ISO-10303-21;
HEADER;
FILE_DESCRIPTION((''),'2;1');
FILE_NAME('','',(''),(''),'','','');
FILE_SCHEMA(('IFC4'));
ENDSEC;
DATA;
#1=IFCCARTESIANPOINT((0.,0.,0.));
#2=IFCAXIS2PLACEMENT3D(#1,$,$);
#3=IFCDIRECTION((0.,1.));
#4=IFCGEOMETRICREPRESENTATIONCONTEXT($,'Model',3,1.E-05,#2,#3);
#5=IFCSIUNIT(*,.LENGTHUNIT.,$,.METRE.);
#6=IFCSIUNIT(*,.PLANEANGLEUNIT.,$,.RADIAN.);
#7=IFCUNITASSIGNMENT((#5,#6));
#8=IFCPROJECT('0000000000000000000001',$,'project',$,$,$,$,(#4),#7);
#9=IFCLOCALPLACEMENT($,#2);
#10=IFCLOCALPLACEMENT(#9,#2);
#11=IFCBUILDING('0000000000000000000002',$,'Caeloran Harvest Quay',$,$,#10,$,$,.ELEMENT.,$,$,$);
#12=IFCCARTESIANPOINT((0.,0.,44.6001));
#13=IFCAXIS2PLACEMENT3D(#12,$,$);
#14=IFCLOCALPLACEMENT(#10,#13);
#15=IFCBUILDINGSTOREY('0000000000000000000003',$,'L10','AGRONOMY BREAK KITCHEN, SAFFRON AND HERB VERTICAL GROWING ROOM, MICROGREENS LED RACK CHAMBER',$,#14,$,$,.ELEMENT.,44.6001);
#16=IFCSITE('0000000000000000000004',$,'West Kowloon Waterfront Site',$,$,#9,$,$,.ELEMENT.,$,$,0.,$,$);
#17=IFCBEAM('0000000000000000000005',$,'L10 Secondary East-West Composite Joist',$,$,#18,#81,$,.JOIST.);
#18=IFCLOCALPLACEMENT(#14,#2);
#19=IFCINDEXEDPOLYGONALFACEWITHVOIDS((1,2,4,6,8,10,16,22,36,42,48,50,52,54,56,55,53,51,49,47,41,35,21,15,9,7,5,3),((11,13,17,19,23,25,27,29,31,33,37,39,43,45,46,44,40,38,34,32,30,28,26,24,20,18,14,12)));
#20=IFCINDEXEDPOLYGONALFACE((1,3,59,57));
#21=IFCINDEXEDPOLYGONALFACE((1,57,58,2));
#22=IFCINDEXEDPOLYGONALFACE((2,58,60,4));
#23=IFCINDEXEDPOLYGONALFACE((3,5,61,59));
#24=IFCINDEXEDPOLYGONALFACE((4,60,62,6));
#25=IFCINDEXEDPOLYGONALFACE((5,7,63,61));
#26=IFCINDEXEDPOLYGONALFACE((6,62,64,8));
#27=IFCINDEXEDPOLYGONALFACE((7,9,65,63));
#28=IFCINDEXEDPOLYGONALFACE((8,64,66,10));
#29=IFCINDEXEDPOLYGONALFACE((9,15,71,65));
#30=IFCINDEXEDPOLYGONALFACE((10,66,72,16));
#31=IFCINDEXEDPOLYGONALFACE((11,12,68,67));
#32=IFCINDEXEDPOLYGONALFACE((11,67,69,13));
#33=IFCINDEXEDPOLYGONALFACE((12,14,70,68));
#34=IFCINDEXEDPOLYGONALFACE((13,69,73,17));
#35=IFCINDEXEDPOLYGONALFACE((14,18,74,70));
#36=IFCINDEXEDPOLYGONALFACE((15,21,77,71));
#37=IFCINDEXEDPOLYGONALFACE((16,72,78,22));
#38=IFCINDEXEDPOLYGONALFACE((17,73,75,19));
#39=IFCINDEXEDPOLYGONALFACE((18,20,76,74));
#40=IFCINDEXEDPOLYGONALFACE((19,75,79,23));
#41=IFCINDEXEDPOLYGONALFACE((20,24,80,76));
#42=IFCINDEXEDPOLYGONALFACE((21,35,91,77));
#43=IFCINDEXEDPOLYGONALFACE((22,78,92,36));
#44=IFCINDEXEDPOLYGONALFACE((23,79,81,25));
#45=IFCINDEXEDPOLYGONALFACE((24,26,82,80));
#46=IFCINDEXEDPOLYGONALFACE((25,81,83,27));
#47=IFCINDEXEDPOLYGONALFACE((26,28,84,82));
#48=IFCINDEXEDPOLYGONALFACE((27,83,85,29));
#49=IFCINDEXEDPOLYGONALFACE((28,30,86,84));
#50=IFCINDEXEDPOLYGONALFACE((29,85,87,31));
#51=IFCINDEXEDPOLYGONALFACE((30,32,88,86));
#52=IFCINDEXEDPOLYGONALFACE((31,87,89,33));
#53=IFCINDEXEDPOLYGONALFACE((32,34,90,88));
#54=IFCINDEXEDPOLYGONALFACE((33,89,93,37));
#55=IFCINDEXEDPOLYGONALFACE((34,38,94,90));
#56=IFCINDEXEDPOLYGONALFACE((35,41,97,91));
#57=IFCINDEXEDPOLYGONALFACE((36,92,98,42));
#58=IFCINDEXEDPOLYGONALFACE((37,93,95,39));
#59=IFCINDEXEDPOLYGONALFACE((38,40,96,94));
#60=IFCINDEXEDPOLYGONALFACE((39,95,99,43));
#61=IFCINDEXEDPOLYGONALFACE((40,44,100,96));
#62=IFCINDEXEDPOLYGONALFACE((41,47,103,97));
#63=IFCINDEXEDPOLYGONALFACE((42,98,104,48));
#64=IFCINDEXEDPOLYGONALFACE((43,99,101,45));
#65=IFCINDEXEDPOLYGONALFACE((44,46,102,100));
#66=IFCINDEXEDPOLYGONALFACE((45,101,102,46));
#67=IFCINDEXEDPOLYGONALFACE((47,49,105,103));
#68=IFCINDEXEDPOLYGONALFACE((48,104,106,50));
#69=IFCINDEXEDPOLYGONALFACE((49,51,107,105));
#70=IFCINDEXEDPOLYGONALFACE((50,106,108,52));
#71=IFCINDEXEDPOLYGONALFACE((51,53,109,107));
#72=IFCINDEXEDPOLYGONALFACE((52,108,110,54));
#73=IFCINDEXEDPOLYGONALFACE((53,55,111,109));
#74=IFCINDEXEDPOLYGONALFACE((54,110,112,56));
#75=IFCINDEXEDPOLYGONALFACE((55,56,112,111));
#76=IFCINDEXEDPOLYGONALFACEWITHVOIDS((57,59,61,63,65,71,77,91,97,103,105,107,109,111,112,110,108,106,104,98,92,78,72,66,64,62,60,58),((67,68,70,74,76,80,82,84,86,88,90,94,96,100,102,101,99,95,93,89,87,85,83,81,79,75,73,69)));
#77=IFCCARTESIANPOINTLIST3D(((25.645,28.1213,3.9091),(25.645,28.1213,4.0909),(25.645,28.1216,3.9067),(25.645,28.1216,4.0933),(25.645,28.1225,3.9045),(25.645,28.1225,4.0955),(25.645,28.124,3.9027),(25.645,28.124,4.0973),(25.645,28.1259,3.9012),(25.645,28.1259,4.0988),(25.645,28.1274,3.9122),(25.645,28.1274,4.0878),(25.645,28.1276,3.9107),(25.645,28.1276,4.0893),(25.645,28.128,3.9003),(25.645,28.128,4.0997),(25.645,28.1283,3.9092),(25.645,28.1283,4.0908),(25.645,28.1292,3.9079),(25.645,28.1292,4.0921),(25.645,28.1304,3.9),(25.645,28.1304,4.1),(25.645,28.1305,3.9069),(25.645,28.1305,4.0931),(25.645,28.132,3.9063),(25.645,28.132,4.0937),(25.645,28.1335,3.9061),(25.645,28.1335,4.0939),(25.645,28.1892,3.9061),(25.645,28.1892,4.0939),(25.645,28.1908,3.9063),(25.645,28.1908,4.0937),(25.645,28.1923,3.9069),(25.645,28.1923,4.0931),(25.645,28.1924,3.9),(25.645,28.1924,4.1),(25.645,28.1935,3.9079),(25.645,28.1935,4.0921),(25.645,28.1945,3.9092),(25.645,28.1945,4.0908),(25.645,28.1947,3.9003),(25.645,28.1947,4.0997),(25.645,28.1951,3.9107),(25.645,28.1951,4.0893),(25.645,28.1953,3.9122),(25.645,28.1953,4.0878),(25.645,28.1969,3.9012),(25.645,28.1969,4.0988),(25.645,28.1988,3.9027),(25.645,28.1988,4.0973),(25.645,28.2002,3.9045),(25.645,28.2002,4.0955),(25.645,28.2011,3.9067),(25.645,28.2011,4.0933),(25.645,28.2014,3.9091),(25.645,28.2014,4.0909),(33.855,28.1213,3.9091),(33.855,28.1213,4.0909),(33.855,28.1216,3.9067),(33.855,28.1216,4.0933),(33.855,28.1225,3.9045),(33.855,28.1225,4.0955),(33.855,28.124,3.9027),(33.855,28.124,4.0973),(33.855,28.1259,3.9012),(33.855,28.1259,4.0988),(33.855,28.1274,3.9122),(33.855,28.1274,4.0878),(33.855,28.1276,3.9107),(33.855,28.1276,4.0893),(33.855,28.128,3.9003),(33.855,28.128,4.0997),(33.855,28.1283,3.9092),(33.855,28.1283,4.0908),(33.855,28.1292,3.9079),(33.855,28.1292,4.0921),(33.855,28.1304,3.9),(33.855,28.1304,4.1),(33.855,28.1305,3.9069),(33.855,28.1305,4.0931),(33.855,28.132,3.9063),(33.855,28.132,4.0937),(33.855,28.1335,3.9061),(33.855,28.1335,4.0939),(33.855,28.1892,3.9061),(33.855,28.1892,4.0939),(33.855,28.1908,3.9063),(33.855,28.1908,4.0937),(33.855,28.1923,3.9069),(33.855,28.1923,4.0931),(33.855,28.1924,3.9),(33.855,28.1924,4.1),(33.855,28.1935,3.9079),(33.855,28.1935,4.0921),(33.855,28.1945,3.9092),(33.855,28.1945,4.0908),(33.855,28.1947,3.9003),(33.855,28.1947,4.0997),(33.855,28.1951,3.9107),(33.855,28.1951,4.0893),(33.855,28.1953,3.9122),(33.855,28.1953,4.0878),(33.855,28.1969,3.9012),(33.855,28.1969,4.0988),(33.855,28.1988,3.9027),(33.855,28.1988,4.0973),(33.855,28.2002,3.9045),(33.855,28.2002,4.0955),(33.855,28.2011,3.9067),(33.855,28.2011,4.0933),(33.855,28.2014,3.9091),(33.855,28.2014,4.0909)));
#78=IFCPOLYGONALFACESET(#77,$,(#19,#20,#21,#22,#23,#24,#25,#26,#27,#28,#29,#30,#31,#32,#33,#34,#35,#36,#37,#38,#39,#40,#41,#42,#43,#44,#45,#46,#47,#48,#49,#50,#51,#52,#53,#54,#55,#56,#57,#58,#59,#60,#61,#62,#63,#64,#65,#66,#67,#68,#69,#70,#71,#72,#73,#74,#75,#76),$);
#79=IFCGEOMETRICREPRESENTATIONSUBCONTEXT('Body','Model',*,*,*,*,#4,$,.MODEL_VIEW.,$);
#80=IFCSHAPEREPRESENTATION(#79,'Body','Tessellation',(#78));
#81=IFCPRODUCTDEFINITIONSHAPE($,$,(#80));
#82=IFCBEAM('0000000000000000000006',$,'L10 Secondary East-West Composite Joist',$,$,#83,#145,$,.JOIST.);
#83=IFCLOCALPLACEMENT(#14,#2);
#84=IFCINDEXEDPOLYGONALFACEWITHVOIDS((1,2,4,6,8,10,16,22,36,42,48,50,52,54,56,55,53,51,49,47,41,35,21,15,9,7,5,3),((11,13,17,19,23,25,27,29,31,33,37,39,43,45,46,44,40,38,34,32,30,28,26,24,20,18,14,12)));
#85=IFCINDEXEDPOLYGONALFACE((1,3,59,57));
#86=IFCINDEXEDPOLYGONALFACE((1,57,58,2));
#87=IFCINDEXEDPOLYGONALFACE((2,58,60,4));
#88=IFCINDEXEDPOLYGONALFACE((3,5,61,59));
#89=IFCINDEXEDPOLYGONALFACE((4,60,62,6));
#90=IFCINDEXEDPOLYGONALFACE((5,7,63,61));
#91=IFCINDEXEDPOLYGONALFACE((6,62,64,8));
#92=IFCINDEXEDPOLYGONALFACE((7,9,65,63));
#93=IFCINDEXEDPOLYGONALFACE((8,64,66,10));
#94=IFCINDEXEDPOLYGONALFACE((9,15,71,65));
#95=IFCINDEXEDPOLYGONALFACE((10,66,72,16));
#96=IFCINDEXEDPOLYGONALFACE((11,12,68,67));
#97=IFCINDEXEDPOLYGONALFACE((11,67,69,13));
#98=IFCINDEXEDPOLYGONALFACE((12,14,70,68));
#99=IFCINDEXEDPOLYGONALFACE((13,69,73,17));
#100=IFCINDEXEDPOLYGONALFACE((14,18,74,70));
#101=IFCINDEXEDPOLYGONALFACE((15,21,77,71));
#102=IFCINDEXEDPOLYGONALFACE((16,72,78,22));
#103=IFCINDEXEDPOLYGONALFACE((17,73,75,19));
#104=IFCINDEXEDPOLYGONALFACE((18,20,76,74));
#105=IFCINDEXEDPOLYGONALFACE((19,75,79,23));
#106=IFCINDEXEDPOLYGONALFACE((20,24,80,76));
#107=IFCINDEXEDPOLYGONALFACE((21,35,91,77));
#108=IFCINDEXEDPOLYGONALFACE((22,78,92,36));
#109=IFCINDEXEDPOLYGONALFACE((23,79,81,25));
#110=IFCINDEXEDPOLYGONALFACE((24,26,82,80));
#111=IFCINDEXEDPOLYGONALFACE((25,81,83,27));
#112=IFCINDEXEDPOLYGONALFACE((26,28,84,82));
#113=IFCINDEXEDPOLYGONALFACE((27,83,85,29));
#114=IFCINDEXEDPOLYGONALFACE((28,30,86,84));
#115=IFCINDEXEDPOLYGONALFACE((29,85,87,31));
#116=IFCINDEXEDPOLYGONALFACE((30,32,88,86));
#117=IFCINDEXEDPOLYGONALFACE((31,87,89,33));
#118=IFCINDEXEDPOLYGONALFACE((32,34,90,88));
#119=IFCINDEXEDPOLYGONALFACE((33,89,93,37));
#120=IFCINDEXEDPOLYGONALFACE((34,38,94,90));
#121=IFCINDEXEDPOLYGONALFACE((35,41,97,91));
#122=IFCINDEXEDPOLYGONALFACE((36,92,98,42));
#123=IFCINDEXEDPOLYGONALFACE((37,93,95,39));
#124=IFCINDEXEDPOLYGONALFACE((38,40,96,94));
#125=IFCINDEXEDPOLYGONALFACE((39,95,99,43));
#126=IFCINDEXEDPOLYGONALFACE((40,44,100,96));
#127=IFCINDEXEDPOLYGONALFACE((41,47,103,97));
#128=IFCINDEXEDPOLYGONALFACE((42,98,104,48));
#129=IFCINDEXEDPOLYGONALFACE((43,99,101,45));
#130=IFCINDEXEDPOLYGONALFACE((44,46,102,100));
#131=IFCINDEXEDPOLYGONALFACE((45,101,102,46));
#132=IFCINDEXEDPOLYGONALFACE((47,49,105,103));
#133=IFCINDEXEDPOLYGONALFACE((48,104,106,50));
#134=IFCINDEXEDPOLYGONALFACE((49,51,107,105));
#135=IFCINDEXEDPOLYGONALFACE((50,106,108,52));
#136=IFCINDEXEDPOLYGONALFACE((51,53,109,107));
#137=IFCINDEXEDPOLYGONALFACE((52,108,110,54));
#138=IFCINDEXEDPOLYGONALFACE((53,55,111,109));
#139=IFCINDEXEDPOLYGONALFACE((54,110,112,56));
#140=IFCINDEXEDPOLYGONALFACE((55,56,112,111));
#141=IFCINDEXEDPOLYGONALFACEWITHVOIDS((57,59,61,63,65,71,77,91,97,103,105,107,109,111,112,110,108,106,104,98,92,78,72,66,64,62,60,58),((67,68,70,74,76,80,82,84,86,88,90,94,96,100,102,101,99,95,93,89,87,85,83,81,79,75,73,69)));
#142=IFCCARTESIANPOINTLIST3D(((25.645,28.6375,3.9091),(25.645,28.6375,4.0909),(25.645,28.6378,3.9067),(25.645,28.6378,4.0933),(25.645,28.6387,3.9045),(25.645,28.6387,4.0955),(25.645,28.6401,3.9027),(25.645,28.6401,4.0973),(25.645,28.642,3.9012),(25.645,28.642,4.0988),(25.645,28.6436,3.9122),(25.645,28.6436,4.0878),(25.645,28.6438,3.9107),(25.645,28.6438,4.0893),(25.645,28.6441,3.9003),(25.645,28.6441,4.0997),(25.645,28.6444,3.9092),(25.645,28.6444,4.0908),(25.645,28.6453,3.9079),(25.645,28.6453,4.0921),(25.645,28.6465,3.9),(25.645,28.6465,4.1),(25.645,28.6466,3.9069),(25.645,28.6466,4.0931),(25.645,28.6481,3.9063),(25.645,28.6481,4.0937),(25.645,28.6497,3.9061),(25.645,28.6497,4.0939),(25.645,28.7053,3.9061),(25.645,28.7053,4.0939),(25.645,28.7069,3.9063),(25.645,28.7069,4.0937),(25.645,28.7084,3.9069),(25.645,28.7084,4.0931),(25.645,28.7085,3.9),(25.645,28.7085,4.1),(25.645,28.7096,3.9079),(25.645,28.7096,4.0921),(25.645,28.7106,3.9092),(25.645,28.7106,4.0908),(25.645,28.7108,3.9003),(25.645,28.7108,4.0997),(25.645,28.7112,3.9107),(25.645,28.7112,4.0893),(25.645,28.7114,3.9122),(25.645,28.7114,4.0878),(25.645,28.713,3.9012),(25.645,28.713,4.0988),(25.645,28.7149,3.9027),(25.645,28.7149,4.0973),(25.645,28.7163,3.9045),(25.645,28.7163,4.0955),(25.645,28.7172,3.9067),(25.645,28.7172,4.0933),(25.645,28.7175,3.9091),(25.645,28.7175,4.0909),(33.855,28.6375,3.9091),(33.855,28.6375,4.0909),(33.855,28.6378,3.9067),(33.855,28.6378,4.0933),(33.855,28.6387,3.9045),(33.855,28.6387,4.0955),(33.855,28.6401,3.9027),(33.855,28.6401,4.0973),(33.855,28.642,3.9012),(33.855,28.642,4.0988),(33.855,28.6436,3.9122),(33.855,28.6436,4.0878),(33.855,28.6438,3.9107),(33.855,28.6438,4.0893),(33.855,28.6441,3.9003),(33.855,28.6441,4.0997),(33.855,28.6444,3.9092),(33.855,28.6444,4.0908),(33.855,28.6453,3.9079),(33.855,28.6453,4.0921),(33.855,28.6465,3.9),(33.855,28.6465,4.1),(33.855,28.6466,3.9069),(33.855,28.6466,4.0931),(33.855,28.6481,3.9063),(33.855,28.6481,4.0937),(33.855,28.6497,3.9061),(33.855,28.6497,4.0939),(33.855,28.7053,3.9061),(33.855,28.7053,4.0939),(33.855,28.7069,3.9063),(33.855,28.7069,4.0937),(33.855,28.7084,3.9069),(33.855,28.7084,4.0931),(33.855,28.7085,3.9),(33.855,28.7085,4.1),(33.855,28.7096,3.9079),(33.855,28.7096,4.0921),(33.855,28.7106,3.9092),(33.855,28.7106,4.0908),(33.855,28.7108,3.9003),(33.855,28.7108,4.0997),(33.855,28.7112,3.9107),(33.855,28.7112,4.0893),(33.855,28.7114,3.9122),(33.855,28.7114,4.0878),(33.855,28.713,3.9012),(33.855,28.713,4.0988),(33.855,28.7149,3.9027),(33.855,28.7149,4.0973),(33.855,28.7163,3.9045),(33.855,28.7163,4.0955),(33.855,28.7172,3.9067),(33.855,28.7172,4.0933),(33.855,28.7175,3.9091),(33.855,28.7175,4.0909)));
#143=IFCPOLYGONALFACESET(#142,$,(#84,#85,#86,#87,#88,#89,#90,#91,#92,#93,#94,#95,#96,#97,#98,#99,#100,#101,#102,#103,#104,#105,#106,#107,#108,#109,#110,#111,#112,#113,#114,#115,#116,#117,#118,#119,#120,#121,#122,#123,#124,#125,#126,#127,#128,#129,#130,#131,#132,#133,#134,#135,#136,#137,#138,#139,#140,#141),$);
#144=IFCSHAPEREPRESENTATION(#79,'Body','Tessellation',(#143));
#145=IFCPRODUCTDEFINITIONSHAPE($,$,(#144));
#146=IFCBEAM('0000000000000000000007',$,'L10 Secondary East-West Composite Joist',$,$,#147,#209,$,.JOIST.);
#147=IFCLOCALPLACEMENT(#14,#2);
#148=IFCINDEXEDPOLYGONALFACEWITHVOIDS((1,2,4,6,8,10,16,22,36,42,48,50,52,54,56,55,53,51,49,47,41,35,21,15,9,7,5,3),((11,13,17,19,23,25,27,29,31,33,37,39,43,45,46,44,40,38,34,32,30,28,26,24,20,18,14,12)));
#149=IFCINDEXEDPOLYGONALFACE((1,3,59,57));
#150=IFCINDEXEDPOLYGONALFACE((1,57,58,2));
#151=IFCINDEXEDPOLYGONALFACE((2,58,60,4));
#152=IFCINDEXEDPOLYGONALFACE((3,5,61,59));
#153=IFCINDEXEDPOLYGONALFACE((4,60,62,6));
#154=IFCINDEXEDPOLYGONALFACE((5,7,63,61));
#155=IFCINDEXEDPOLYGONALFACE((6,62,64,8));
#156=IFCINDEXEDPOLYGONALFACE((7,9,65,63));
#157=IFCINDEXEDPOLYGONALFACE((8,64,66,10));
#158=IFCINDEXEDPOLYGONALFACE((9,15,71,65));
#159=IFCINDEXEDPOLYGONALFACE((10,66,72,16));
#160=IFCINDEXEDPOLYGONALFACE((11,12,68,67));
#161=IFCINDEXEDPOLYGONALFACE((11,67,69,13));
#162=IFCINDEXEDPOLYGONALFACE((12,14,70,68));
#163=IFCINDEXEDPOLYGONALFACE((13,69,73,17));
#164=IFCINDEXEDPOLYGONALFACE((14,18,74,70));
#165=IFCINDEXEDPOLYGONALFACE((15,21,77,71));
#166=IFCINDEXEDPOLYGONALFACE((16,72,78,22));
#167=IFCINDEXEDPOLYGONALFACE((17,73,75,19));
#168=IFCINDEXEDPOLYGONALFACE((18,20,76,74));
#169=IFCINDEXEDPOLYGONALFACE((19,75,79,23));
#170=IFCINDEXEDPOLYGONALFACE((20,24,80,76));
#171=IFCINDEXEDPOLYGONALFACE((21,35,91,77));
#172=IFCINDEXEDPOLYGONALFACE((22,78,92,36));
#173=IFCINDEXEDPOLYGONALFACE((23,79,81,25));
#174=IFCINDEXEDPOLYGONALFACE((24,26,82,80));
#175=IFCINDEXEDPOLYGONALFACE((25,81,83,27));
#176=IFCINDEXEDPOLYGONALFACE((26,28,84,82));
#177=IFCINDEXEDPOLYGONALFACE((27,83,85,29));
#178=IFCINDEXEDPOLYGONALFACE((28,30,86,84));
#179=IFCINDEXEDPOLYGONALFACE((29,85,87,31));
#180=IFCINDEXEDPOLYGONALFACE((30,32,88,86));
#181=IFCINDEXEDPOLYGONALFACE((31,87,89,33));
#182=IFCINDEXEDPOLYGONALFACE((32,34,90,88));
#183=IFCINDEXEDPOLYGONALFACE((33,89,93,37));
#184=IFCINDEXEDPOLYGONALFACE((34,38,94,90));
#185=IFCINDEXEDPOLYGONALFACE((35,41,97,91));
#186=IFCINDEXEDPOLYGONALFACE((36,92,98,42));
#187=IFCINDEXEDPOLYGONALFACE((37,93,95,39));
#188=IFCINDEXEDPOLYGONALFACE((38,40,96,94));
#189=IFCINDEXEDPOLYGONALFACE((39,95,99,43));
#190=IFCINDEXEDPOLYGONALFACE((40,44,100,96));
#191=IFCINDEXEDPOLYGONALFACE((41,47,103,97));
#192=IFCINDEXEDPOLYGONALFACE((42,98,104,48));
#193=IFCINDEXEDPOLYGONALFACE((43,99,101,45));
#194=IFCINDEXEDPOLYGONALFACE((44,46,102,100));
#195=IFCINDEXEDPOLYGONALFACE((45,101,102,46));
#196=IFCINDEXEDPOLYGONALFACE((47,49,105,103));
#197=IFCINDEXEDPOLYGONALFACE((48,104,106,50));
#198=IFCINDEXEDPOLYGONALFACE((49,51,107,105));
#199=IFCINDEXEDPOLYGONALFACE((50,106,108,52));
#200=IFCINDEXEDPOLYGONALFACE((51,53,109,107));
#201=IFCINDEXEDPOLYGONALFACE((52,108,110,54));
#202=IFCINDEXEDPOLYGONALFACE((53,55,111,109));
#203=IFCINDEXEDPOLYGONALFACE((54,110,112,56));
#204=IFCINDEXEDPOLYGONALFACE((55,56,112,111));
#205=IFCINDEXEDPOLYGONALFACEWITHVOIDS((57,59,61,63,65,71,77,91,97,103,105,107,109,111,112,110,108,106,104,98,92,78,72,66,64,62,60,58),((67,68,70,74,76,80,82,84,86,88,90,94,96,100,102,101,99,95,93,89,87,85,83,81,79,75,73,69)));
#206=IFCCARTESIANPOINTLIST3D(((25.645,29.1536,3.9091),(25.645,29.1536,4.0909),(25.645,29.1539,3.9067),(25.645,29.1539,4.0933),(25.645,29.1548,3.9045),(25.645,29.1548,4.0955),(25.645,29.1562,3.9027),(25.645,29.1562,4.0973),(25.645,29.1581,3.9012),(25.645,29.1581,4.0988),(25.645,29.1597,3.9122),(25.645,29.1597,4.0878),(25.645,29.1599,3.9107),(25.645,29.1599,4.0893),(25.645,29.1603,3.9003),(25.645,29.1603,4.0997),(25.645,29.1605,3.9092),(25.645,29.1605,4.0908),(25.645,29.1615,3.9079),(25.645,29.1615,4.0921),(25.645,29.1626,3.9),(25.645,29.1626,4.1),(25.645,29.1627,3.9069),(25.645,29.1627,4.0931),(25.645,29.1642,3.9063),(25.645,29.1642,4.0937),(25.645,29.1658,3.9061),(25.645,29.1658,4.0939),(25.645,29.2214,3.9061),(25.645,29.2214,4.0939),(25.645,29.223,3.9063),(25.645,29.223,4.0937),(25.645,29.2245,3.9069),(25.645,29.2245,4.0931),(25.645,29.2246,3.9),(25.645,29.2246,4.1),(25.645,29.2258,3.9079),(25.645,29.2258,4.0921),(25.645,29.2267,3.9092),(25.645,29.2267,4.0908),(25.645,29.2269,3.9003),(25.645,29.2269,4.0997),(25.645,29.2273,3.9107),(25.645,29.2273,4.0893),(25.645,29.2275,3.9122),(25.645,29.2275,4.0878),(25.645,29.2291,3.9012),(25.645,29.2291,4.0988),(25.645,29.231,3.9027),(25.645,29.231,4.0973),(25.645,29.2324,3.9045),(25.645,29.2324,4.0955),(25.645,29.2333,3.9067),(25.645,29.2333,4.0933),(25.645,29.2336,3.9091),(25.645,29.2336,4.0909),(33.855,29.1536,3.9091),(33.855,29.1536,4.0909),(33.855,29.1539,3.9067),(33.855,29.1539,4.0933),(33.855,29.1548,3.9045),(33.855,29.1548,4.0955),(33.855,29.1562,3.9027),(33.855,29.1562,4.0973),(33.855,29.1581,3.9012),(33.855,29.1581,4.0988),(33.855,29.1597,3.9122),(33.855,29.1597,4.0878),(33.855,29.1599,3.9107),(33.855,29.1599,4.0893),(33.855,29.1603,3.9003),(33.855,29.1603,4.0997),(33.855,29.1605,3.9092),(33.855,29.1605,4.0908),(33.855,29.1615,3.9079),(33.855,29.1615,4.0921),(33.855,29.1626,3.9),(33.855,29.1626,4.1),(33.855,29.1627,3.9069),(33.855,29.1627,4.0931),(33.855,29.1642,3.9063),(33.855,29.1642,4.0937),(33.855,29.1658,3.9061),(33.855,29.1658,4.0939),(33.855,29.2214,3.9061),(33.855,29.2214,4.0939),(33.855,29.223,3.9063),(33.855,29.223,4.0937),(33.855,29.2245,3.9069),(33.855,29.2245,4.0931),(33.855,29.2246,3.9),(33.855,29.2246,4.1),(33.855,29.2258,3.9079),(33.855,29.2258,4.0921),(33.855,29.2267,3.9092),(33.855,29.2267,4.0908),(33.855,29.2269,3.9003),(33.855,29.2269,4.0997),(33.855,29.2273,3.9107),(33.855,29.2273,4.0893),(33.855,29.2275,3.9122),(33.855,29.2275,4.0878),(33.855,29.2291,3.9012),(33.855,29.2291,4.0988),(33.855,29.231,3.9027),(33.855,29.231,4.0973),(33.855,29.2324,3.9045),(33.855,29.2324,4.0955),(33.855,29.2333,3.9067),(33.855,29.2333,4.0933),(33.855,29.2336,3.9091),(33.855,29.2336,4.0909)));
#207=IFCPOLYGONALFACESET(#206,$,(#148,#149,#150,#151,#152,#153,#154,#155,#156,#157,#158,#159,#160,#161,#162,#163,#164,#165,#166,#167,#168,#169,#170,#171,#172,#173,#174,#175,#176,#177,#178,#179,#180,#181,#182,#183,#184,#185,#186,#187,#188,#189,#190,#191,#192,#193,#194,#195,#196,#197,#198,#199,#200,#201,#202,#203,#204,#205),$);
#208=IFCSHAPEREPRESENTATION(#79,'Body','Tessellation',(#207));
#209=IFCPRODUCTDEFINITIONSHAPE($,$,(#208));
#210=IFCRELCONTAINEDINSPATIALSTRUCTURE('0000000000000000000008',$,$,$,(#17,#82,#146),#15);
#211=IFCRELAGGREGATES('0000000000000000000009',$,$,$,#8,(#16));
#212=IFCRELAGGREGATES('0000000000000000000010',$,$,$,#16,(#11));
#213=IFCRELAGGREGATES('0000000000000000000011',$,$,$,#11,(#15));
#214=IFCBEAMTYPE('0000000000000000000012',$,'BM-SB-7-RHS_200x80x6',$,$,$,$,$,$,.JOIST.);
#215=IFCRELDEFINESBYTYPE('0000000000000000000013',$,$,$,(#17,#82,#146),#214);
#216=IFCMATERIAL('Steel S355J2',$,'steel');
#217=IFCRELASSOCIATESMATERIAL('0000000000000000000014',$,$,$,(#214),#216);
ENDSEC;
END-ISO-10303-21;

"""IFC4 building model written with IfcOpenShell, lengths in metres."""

from ifc_helpers import new_model, si_unit, direction, frame, origin, origin_2d, place, context, subcontext, project, spatial, hollow_rectangle, extrude, material, material_profile, profile_set, type_object, element, save


model = new_model("IFC4")

# Units and contexts
model_context = context("Model", 3, precision=1e-05, world=origin(), true_north=direction((0.0, 1.0)))
body_context = subcontext(model_context, "Body", "Model", "MODEL_VIEW")
ifc_project = project(units=[si_unit("LENGTHUNIT", "METRE"), si_unit("PLANEANGLEUNIT", "RADIAN")], contexts=[model_context])

# Site, building, storey
site_placement = place(None, origin())
site = spatial("IfcSite", under=ifc_project, at=site_placement, Name="West Kowloon Waterfront Site", CompositionType="ELEMENT", RefElevation=0.0)
building_placement = place(site_placement, origin())
building = spatial("IfcBuilding", under=site, at=building_placement, Name="Caeloran Harvest Quay", CompositionType="ELEMENT")
storey_placement = place(building_placement, frame((0.0, 0.0, 44.6001)))
storey = spatial("IfcBuildingStorey", under=building, at=storey_placement, Name="L10", Description="AGRONOMY BREAK KITCHEN, SAFFRON AND HERB VERTICAL GROWING ROOM, MICROGREENS LED RACK CHAMBER", CompositionType="ELEMENT", Elevation=44.6001)

# Beams
ifc_material_1 = material(Name="Steel S355J2", Category="steel")
ifc_material_profile_1 = material_profile(ifc_material_1, hollow_rectangle(XDim=0.0801, YDim=0.2, WallThickness=0.0061, InnerFilletRadius=0.0061, OuterFilletRadius=0.009, at=origin_2d()), Name="RHS 200x80x6")
ifc_profile_set_1 = profile_set([ifc_material_profile_1], Name="Steel S355J2")
beam_type_1 = type_object("IfcBeamType", Name="BM-SB-7-RHS_200x80x6", PredefinedType="JOIST", material=ifc_profile_set_1)
for number, where, z_axis, x_axis, name in (
    (1, (25.645, 28.1614, 4.0), (1.0, 0.0, 0.0), (0.0, 1.0, 0.0), "L10 Secondary East-West Composite Joist"),
    (2, (25.645, 28.6775, 4.0), (1.0, 0.0, 0.0), (0.0, 1.0, 0.0), "L10 Secondary East-West Composite Joist"),
    (3, (25.645, 29.1936, 4.0), (1.0, 0.0, 0.0), (0.0, 1.0, 0.0), "L10 Secondary East-West Composite Joist"),
):
    element("IfcBeam", number, at=place(storey_placement, frame(where, z_axis=z_axis, x_axis=x_axis)), inside=storey, type_object=beam_type_1, Name=name, PredefinedType="JOIST", context=body_context, shape_type="SweptSolid", body=[
        extrude(hollow_rectangle(XDim=0.0801, YDim=0.2, WallThickness=0.0061, InnerFilletRadius=0.0061, OuterFilletRadius=0.009, at=origin_2d()), origin(), (0.0, 0.0, 1.0), 8.21),
    ])

save(model, "model.ifc")
